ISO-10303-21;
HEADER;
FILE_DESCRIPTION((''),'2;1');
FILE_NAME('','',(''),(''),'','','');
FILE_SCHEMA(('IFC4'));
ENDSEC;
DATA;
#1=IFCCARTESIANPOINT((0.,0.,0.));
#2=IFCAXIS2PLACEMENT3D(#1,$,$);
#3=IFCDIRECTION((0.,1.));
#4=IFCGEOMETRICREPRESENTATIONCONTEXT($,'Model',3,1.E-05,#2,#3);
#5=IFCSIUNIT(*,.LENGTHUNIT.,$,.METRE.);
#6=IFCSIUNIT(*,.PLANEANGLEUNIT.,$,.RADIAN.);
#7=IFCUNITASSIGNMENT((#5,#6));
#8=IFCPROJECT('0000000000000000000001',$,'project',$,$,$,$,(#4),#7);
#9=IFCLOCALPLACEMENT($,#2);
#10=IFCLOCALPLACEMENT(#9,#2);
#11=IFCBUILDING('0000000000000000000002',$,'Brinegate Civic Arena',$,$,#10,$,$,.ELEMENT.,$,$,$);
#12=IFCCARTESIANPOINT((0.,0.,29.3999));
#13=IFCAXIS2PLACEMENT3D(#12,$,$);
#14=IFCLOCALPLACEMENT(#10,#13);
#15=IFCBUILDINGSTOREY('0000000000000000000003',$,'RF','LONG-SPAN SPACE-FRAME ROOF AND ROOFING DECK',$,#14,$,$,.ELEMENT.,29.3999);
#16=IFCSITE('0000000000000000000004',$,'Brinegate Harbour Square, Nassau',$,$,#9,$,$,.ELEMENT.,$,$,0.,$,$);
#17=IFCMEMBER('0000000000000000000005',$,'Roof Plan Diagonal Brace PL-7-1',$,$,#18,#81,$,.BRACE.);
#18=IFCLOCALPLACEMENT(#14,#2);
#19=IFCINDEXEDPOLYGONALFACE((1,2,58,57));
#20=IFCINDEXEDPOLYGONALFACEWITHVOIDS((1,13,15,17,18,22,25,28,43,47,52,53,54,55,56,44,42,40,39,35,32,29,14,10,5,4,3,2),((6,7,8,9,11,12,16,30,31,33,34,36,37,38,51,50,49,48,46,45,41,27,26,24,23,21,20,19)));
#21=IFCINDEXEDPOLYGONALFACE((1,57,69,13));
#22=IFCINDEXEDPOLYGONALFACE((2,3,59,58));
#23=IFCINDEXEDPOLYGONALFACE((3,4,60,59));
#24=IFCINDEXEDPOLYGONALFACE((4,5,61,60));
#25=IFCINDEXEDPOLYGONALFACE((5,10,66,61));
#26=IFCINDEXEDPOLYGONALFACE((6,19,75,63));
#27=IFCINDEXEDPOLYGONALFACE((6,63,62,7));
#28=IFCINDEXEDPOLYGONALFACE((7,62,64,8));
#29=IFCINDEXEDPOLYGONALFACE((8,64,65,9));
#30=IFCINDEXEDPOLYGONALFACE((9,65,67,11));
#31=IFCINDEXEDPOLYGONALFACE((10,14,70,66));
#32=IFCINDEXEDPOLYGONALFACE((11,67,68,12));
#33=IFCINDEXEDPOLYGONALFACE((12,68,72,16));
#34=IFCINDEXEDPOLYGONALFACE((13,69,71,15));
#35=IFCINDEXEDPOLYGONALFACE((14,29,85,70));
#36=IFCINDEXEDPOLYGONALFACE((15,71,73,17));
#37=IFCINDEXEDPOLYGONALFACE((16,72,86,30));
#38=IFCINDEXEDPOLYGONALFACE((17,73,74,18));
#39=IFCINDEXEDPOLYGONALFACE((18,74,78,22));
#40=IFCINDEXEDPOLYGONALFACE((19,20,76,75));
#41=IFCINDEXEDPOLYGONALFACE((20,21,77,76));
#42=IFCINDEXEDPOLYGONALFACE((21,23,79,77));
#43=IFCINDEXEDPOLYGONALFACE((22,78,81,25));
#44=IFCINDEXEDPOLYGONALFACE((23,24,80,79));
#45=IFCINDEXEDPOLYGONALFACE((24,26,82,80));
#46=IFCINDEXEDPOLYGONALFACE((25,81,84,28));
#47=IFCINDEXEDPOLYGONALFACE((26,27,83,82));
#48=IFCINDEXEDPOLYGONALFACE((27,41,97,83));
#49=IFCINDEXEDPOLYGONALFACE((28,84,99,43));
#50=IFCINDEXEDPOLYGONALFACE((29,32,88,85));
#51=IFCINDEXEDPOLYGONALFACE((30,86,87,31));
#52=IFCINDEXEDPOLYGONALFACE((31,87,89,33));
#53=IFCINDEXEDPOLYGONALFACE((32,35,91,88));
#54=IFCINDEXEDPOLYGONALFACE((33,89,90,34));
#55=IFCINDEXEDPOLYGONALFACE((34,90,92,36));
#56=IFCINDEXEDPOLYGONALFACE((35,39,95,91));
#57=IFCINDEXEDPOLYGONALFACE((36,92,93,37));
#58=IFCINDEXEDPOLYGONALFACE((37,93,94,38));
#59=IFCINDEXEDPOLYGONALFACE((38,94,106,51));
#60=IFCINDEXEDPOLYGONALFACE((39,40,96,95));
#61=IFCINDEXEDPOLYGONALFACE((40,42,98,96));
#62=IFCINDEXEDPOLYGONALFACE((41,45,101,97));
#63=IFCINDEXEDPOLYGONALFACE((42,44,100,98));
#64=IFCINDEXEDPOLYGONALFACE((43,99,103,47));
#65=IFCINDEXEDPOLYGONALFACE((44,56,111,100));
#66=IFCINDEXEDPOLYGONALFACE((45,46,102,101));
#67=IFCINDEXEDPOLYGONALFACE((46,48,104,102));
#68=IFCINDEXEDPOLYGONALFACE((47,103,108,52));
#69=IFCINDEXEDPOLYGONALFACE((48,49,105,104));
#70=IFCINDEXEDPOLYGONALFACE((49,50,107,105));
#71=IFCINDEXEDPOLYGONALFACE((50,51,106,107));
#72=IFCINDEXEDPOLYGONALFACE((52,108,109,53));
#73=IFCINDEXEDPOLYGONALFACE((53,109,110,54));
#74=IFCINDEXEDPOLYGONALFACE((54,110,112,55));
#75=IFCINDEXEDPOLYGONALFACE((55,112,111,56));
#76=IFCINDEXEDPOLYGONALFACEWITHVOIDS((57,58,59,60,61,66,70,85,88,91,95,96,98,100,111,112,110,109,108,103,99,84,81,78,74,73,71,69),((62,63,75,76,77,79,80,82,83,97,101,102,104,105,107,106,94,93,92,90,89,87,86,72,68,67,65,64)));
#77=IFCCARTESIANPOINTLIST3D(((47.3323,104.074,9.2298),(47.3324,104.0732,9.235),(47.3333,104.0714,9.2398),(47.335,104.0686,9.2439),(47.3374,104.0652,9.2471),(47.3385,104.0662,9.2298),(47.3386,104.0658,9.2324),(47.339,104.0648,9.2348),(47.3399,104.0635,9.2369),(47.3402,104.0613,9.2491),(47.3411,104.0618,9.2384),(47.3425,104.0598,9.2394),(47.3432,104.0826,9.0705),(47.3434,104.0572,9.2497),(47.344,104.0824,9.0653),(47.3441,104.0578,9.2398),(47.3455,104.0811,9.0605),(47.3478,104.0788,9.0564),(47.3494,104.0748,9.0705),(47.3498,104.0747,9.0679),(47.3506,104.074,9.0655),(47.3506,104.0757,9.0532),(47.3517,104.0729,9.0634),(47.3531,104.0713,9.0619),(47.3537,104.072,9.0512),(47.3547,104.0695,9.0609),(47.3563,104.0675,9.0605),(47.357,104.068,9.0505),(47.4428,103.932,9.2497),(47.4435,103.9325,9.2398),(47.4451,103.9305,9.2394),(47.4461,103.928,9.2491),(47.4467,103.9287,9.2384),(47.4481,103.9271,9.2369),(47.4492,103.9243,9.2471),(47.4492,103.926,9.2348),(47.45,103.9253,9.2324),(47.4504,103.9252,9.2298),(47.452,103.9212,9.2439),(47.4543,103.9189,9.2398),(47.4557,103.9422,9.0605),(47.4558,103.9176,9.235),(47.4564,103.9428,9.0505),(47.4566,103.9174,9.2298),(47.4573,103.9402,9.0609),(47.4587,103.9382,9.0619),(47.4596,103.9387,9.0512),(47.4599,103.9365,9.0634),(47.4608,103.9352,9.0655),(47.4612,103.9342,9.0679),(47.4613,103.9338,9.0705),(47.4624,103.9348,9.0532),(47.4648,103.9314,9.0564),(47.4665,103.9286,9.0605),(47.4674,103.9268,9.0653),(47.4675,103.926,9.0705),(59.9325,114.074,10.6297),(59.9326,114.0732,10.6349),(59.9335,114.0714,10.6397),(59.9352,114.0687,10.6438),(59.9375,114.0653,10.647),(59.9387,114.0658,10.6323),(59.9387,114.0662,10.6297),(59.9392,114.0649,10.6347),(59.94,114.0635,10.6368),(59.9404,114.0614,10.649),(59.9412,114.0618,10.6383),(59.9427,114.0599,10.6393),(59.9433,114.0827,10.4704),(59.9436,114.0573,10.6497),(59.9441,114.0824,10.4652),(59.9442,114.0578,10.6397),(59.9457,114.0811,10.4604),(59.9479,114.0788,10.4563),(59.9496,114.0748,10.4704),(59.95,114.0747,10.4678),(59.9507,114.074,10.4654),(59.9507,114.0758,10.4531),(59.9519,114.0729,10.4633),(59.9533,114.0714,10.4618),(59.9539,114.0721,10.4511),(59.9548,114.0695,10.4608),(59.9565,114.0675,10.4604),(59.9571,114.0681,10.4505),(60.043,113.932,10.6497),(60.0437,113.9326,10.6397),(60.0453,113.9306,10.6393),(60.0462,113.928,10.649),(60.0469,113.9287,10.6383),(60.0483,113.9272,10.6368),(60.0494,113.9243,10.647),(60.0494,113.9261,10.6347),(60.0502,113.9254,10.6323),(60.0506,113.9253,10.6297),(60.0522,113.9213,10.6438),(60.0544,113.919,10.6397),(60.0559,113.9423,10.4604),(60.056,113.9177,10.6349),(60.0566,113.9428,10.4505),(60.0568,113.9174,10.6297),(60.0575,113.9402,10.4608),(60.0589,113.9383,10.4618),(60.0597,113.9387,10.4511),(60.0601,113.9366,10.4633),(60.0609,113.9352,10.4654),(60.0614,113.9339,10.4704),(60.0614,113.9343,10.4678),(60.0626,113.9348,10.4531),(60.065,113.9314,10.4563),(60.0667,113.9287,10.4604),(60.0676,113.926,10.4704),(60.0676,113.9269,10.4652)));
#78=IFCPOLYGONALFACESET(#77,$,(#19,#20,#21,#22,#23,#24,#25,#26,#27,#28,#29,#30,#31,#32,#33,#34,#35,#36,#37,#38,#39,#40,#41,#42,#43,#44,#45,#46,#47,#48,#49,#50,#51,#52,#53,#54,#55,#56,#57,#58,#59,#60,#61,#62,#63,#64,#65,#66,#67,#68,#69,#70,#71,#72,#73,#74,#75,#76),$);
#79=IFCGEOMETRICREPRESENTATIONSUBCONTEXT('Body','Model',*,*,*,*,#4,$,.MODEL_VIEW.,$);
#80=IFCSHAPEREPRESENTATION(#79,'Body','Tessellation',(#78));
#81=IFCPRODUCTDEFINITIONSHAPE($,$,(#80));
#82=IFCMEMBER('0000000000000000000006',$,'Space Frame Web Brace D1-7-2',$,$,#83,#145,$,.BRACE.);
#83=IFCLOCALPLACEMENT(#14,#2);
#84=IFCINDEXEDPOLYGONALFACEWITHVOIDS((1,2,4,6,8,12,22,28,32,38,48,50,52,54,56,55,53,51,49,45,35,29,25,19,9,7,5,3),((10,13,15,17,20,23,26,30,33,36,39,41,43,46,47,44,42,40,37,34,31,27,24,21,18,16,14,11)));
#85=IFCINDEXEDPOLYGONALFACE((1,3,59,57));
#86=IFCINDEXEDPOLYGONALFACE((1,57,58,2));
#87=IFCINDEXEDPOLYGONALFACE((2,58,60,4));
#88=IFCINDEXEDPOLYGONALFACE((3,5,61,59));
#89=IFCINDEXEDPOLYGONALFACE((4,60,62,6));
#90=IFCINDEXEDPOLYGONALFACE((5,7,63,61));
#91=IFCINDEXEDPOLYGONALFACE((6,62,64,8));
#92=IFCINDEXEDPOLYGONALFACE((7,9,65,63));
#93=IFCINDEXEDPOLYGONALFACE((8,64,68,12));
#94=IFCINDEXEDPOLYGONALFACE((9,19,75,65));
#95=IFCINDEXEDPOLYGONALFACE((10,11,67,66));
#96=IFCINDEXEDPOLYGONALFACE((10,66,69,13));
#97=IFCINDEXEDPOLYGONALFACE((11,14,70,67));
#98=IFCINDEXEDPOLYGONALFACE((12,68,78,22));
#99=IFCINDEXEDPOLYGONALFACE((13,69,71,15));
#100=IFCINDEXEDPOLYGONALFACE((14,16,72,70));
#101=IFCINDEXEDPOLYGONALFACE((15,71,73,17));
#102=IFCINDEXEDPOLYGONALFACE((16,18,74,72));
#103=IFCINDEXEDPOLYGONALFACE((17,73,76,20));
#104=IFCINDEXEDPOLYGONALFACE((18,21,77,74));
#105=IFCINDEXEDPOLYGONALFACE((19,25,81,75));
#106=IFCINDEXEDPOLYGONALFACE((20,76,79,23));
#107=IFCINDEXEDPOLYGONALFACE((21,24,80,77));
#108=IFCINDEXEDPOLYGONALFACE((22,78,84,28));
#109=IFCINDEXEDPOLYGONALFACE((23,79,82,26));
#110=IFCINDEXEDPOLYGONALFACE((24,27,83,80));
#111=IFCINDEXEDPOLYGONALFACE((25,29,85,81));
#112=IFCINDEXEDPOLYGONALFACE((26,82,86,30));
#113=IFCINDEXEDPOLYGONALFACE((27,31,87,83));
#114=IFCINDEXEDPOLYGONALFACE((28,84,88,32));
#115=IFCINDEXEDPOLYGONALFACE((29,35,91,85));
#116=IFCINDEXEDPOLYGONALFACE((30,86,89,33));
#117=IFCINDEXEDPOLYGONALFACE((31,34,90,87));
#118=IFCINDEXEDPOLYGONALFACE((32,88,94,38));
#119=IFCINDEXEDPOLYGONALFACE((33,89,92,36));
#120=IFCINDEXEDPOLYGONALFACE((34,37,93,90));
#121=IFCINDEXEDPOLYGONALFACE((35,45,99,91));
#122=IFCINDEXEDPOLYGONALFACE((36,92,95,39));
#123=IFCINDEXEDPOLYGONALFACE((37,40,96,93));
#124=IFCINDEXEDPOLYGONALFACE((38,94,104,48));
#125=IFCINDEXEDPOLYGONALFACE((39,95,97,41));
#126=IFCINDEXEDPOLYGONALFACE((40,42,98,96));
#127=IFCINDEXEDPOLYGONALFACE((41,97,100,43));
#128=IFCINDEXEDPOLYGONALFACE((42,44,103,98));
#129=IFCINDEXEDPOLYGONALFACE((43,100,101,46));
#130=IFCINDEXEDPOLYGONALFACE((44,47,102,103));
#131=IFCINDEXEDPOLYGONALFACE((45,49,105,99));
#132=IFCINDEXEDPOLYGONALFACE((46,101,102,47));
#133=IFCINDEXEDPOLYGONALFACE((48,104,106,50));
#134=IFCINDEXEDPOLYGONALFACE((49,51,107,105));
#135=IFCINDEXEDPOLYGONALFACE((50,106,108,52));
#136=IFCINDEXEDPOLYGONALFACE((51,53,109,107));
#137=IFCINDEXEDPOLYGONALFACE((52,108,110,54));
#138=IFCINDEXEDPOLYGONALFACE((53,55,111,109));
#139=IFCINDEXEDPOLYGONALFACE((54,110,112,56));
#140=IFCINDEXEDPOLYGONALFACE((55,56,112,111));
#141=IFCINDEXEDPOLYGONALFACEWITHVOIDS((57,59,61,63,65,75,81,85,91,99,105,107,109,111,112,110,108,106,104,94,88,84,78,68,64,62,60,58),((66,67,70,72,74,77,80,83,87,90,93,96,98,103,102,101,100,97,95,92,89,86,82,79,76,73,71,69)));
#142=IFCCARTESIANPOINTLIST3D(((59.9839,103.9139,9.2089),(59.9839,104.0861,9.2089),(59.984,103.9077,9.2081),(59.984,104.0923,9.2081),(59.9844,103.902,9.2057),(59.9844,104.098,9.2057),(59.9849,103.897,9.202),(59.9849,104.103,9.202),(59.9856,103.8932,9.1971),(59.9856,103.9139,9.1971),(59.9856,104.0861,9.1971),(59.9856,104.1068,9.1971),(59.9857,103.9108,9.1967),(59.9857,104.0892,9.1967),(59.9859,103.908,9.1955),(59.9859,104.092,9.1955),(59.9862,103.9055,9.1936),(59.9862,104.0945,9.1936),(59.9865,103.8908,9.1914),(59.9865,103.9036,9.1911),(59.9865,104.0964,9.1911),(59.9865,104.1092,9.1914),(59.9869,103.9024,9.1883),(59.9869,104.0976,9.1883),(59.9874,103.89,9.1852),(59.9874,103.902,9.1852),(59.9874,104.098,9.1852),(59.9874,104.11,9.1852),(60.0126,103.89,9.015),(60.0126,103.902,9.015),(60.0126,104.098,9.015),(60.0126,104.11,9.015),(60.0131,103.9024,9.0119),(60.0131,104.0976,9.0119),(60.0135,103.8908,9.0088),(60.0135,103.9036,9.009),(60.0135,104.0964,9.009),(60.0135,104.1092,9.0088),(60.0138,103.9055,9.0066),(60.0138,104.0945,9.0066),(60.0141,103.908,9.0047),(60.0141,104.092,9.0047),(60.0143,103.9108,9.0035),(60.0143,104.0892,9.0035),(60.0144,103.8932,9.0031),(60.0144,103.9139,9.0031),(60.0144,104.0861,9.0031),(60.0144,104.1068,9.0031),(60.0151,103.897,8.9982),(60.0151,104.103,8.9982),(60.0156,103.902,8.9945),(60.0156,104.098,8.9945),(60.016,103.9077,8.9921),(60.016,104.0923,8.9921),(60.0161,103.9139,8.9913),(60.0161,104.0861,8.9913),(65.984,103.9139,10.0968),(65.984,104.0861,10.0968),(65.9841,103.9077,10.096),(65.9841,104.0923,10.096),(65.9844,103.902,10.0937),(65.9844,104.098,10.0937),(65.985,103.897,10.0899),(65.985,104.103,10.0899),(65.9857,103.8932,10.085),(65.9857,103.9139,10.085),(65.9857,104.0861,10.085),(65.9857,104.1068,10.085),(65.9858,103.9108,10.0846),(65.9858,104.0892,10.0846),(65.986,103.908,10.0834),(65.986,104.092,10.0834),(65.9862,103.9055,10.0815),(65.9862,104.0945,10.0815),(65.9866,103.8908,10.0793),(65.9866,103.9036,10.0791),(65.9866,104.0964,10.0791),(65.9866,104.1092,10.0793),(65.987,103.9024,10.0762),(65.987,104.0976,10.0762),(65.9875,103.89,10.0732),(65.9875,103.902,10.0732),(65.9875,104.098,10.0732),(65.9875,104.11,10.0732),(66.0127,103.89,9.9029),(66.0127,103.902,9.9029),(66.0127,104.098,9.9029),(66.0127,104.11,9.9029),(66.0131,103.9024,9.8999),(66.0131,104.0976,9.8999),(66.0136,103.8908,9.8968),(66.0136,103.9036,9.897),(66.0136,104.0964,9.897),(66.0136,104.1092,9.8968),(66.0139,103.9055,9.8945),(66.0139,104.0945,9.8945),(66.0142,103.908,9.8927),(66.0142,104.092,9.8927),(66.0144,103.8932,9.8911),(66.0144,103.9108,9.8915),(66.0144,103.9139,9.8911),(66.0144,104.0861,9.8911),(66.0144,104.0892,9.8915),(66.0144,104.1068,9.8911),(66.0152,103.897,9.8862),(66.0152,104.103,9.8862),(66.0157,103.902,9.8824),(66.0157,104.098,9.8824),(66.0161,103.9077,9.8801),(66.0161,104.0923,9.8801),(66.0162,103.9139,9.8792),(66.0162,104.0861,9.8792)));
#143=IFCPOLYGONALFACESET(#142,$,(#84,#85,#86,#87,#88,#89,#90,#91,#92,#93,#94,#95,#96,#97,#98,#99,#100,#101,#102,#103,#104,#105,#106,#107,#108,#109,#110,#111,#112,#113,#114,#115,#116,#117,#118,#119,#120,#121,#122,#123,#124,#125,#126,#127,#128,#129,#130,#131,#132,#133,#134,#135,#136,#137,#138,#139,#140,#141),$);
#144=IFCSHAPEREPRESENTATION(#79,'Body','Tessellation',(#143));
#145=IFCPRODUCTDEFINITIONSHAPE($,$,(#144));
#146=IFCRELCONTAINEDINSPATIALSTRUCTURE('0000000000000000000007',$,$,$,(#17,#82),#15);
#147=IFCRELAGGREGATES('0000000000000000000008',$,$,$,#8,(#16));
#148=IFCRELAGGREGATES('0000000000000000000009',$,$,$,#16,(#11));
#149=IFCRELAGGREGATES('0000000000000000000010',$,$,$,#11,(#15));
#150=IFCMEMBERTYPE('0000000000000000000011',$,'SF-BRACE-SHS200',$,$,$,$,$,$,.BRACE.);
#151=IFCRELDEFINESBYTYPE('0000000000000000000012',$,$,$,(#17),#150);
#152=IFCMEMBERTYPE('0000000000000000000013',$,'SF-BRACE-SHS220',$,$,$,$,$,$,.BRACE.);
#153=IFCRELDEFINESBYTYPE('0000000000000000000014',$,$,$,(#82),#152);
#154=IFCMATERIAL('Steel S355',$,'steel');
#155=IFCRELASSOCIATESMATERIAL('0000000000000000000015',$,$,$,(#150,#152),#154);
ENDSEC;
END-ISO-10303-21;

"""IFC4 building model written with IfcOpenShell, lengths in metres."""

from ifc_helpers import new_model, si_unit, direction, frame, origin, origin_2d, place, context, subcontext, project, spatial, hollow_rectangle, extrude, material, material_profile, profile_set, type_object, element, save


model = new_model("IFC4")

# Units and contexts
model_context = context("Model", 3, precision=1e-05, world=origin(), true_north=direction((0.0, 1.0)))
body_context = subcontext(model_context, "Body", "Model", "MODEL_VIEW")
ifc_project = project(units=[si_unit("LENGTHUNIT", "METRE"), si_unit("PLANEANGLEUNIT", "RADIAN")], contexts=[model_context])

# Site, building, storey
site_placement = place(None, origin())
site = spatial("IfcSite", under=ifc_project, at=site_placement, Name="Brinegate Harbour Square, Nassau", CompositionType="ELEMENT", RefElevation=0.0)
building_placement = place(site_placement, origin())
building = spatial("IfcBuilding", under=site, at=building_placement, Name="Brinegate Civic Arena", CompositionType="ELEMENT")
storey_placement = place(building_placement, frame((0.0, 0.0, 29.3999)))
storey = spatial("IfcBuildingStorey", under=building, at=storey_placement, Name="RF", Description="LONG-SPAN SPACE-FRAME ROOF AND ROOFING DECK", CompositionType="ELEMENT", Elevation=29.3999)

# Shared definitions
ifc_material_1 = material(Name="Steel S355", Category="steel")

# Members
ifc_material_profile_1 = material_profile(ifc_material_1, hollow_rectangle(XDim=0.2, YDim=0.2, WallThickness=0.01, InnerFilletRadius=0.01, OuterFilletRadius=0.02, at=origin_2d()), Name="SHS200X10")
ifc_profile_set_1 = profile_set([ifc_material_profile_1], Name="Steel S355")
member_type_1 = type_object("IfcMemberType", Name="SF-BRACE-SHS200", PredefinedType="BRACE", material=ifc_profile_set_1)
member_1_placement = place(storey_placement, frame((47.3999, 104.0, 9.1501), z_axis=(0.780342, 0.619314, 0.086698), x_axis=(-0.621655, 0.783291, 0.0)))
element("IfcMember", 1, at=member_1_placement, inside=storey, type_object=member_type_1, Name="Roof Plan Diagonal Brace PL-7-1", PredefinedType="BRACE", context=body_context, shape_type="SweptSolid", body=[
    extrude(hollow_rectangle(XDim=0.2, YDim=0.2, WallThickness=0.01, InnerFilletRadius=0.01, OuterFilletRadius=0.02, at=origin_2d()), origin(), (0.0, 0.0, 1.0), 16.147),
])
ifc_material_profile_2 = material_profile(ifc_material_1, hollow_rectangle(XDim=0.22, YDim=0.22, WallThickness=0.012, InnerFilletRadius=0.012, OuterFilletRadius=0.0239, at=origin_2d()), Name="SHS220X12")
ifc_profile_set_2 = profile_set([ifc_material_profile_2], Name="Steel S355")
member_type_2 = type_object("IfcMemberType", Name="SF-BRACE-SHS220", PredefinedType="BRACE", material=ifc_profile_set_2)
member_2_placement = place(storey_placement, frame((60.0, 104.0, 9.1001), z_axis=(0.989226, 0.0, 0.146395), x_axis=(0.0, 1.0, 0.0)))
element("IfcMember", 2, at=member_2_placement, inside=storey, type_object=member_type_2, Name="Space Frame Web Brace D1-7-2", PredefinedType="BRACE", context=body_context, shape_type="SweptSolid", body=[
    extrude(hollow_rectangle(XDim=0.22, YDim=0.22, WallThickness=0.012, InnerFilletRadius=0.012, OuterFilletRadius=0.0239, at=origin_2d()), origin(), (0.0, 0.0, 1.0), 6.0654),
])

save(model, "model.ifc")
